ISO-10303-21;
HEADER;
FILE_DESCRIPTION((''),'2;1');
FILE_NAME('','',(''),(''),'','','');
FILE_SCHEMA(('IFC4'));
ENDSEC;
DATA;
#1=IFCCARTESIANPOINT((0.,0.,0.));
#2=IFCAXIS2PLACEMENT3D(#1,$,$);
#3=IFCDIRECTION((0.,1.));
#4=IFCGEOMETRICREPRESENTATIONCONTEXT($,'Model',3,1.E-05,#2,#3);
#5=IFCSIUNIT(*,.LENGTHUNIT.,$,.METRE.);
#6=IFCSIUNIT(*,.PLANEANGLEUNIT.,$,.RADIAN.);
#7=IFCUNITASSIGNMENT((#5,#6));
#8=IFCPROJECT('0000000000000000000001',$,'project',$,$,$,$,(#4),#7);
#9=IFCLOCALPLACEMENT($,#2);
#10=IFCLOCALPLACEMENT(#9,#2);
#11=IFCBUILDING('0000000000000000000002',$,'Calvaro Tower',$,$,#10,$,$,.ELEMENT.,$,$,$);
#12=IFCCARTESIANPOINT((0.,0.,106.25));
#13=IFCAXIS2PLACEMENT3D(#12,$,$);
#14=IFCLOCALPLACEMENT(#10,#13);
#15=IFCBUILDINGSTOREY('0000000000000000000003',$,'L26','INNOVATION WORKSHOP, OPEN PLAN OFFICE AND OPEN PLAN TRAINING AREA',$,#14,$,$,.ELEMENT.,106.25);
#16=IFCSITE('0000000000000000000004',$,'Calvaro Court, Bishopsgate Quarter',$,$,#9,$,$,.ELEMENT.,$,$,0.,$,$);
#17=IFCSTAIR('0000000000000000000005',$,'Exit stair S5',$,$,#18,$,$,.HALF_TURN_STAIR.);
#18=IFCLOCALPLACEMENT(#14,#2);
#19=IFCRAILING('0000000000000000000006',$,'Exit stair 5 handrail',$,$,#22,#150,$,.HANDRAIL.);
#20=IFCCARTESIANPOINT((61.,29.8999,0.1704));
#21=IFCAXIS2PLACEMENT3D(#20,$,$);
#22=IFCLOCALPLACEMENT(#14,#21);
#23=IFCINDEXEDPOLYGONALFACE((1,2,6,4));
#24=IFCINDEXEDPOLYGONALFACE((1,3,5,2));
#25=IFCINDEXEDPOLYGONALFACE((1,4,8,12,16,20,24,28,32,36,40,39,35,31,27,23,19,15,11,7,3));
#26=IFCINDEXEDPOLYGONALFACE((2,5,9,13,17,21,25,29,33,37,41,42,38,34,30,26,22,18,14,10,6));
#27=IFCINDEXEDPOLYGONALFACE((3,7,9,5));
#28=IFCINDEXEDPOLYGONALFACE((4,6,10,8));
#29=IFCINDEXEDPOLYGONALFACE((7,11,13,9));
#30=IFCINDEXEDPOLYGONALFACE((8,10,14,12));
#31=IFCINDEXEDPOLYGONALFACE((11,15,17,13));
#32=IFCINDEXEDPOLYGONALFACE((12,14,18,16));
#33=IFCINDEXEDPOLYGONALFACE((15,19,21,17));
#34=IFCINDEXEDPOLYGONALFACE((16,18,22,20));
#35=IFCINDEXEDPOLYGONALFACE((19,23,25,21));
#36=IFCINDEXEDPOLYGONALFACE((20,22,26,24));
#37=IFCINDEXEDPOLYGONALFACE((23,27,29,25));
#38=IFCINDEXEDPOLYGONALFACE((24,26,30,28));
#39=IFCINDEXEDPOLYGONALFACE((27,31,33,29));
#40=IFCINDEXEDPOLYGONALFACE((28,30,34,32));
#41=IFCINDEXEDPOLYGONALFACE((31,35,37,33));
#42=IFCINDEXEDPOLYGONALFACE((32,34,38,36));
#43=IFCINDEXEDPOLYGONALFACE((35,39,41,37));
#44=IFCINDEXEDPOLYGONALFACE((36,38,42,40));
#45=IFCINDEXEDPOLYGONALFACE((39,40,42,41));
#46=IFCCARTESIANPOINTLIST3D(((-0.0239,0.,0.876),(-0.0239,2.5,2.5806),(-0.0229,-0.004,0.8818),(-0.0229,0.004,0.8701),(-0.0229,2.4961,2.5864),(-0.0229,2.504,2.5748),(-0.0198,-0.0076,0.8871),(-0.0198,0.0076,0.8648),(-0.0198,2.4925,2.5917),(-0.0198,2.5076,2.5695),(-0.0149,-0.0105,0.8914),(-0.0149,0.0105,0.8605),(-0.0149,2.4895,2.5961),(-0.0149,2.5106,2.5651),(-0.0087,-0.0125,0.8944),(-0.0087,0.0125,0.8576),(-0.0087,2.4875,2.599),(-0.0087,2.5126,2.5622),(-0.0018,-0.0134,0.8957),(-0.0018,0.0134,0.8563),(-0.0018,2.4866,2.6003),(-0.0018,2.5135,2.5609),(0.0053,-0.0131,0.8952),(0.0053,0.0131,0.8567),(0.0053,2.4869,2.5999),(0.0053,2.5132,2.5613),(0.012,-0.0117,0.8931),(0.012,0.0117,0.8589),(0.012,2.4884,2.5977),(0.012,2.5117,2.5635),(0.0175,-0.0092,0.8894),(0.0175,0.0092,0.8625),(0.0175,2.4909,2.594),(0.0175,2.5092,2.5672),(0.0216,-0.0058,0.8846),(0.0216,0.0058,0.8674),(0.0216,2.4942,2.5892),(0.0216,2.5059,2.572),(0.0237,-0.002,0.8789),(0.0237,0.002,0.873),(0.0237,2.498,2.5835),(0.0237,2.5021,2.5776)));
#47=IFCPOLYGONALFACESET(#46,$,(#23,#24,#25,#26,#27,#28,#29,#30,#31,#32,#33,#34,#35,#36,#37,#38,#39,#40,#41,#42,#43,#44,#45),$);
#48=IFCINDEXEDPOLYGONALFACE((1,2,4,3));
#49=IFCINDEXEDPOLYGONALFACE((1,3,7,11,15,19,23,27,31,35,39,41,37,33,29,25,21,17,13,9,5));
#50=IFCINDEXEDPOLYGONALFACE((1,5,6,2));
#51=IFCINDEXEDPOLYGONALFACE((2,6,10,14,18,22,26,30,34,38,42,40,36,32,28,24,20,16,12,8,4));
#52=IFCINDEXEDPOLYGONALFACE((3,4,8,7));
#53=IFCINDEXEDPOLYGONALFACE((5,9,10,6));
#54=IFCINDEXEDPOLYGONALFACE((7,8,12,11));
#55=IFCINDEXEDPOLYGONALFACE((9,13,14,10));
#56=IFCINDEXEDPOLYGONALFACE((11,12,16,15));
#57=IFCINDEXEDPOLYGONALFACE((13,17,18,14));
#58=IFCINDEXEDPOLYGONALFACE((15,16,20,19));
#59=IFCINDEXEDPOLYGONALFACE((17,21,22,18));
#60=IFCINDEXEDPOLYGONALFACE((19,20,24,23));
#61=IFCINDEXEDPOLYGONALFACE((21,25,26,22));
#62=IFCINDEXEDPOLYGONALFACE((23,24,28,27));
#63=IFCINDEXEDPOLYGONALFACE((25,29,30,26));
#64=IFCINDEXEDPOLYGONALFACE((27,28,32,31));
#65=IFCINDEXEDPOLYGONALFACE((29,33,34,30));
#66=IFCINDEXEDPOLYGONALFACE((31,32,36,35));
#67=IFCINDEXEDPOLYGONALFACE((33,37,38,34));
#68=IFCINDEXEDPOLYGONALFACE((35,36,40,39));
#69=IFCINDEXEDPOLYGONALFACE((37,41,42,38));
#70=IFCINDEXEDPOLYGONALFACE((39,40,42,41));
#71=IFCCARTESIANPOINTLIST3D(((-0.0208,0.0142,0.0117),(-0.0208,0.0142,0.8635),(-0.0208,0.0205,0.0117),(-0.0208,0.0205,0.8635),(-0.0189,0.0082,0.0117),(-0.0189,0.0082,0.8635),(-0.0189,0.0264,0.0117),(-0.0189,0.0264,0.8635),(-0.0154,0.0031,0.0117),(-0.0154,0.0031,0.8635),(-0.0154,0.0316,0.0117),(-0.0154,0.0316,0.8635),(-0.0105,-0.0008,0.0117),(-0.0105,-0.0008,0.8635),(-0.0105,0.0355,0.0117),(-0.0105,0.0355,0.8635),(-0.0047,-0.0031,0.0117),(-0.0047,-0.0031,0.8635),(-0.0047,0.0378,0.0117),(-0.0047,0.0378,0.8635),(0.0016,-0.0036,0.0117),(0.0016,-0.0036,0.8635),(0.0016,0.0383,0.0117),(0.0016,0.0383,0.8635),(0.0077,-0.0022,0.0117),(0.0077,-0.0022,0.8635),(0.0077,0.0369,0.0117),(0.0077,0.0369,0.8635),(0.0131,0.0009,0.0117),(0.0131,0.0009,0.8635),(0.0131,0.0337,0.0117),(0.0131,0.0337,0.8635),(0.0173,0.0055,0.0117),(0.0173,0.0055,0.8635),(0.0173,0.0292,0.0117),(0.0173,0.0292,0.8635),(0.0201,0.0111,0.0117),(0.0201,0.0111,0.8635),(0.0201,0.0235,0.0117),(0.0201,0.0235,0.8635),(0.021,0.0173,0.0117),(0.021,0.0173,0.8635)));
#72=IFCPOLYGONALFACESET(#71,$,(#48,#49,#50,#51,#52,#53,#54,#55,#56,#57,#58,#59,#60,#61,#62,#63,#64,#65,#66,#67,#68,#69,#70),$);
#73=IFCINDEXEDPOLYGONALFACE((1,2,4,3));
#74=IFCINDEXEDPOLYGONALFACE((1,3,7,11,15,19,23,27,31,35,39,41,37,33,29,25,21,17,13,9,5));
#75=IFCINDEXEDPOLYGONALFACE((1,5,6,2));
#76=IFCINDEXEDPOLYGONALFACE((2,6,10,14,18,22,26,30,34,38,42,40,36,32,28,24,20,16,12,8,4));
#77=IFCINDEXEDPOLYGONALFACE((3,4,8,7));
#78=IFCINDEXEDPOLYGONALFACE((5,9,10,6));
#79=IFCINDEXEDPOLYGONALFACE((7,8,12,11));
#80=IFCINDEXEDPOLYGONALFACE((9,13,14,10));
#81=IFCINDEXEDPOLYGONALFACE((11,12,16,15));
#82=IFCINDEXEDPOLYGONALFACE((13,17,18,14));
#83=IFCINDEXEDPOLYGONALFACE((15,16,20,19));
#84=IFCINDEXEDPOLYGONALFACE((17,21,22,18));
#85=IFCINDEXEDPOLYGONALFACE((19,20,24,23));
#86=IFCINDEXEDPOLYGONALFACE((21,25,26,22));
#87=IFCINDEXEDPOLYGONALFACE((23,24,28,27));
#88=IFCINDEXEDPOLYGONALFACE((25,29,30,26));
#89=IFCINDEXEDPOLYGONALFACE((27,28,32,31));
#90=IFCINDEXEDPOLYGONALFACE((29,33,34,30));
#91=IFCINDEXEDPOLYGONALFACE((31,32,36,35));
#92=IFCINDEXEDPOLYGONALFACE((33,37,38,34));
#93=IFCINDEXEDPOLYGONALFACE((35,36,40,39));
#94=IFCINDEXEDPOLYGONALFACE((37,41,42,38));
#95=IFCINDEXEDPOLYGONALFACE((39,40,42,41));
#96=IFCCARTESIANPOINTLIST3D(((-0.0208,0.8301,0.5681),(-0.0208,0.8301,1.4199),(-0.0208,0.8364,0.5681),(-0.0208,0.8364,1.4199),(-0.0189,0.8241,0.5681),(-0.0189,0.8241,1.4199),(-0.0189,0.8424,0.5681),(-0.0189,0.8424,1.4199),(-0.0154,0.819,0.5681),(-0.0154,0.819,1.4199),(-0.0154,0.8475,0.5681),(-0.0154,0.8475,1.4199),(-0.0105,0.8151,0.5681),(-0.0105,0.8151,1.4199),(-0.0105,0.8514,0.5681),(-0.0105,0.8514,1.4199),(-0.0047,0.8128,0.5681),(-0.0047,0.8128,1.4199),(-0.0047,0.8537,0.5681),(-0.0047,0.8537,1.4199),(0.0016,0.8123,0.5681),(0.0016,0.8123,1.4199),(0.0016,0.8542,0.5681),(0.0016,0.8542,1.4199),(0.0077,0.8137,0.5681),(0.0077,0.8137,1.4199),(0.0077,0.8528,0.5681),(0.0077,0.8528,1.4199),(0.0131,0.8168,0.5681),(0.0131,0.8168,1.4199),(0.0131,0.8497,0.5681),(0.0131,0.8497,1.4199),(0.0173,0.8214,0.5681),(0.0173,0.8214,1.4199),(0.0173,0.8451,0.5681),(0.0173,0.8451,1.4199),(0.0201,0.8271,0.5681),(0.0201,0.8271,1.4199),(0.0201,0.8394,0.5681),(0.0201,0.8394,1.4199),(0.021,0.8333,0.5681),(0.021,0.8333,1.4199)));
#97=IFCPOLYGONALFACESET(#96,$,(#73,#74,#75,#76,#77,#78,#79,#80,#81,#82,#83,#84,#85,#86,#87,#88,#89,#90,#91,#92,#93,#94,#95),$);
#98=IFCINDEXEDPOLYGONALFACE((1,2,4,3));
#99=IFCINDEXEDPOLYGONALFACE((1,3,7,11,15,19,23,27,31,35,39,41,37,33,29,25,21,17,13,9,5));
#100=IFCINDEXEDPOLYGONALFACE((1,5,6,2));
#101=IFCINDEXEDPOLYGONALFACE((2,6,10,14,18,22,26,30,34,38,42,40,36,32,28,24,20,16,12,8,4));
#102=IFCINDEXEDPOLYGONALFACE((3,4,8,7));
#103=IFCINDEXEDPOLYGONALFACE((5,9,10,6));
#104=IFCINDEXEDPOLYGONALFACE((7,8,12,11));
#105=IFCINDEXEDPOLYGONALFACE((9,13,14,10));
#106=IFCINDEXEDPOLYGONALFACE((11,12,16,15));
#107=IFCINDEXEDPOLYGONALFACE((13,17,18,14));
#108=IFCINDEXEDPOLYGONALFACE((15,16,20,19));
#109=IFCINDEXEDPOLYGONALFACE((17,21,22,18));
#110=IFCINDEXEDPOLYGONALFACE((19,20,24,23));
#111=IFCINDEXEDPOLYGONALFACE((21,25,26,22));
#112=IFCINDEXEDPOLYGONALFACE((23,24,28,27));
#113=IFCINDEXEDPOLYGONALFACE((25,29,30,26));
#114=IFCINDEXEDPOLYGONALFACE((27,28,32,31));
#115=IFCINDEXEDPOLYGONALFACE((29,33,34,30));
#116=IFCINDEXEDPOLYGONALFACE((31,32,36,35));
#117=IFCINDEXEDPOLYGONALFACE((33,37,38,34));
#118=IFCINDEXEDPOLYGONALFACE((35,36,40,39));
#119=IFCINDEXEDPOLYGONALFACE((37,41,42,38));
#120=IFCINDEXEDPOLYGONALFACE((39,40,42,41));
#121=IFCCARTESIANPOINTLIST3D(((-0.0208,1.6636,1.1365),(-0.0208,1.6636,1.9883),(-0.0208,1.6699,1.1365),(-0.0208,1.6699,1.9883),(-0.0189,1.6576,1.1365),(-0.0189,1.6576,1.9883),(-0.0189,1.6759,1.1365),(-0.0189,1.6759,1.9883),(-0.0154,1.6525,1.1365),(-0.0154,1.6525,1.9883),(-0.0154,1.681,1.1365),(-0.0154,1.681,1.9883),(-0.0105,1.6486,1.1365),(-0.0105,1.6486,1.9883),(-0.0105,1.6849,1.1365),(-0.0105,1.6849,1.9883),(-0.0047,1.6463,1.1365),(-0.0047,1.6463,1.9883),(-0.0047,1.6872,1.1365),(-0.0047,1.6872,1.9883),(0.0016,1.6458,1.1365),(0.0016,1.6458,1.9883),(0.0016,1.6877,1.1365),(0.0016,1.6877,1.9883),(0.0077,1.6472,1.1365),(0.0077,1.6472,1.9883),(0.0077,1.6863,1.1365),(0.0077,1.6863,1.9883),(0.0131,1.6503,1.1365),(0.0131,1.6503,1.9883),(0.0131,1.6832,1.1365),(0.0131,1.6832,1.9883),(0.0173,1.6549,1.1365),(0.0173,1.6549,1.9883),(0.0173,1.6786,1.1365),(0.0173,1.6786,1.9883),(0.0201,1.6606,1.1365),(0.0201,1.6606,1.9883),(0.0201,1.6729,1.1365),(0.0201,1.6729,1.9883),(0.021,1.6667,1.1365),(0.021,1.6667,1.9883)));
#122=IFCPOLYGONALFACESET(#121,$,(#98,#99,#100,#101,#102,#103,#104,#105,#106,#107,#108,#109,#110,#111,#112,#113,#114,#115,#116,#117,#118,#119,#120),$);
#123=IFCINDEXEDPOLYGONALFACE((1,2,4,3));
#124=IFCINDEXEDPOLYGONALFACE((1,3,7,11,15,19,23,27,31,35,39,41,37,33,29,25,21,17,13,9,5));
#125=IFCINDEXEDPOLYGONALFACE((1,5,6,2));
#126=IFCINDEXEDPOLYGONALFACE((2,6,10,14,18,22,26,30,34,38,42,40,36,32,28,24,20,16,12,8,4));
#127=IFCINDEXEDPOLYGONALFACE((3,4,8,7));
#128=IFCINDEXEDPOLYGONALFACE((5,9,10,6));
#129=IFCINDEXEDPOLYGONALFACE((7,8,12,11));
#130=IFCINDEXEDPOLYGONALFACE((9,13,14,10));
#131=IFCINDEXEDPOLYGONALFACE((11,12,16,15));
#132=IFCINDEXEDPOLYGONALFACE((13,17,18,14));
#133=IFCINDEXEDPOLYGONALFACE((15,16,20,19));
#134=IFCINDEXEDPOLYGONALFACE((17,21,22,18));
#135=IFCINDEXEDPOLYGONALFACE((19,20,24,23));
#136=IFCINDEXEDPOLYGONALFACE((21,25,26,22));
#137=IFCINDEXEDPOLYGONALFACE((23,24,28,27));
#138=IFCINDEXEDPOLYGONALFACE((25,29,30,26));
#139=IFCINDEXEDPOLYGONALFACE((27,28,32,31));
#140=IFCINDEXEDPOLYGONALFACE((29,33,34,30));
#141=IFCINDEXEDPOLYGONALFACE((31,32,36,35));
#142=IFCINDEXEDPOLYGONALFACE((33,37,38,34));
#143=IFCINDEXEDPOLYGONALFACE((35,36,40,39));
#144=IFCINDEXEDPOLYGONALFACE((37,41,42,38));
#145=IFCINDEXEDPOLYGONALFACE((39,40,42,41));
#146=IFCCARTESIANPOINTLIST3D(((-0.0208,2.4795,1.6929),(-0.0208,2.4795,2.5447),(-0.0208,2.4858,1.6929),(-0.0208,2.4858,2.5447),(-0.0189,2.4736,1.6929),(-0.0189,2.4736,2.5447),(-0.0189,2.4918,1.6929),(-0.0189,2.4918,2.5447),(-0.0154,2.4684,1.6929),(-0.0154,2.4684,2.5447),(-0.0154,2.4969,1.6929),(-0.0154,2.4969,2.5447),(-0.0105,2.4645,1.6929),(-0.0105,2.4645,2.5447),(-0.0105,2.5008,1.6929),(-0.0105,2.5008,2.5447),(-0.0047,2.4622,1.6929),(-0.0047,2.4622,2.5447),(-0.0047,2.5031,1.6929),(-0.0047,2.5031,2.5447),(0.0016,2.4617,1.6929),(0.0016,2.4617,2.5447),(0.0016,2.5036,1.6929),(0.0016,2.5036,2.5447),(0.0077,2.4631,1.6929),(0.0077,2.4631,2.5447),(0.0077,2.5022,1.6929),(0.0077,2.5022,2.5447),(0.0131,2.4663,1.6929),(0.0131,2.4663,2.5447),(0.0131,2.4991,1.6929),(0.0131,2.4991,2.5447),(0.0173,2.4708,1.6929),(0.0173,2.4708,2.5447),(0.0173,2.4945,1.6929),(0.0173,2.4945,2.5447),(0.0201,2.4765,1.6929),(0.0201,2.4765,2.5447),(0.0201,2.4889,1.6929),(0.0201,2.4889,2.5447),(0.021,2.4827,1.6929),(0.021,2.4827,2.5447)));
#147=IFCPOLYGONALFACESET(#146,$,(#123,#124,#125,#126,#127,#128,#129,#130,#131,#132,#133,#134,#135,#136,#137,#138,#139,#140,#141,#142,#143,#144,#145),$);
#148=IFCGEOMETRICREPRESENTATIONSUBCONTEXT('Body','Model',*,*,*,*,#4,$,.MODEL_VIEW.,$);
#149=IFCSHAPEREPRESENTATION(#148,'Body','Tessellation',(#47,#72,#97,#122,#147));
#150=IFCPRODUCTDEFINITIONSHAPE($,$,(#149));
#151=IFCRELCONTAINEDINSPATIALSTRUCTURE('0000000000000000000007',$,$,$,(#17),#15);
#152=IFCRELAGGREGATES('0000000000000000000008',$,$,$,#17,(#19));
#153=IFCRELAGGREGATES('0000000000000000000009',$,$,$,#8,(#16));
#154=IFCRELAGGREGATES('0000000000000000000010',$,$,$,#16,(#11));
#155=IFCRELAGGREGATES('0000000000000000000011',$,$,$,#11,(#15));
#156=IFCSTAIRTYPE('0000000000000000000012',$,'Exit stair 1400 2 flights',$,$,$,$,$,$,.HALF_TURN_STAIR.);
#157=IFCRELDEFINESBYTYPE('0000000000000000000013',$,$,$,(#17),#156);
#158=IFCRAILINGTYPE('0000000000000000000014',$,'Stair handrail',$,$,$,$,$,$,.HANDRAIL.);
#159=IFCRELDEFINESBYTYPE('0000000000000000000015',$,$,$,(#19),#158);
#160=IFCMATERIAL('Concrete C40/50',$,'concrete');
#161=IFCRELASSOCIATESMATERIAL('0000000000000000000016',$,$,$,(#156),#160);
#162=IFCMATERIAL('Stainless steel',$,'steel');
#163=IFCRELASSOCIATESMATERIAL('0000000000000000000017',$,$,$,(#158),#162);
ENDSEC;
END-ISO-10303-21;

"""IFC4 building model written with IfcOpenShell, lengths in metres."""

from ifc_helpers import new_model, si_unit, direction, frame, origin, origin_2d, place, context, subcontext, project, spatial, circle, extrude, material, type_object, element, aggregate, save


model = new_model("IFC4")

# Units and contexts
model_context = context("Model", 3, precision=1e-05, world=origin(), true_north=direction((0.0, 1.0)))
body_context = subcontext(model_context, "Body", "Model", "MODEL_VIEW")
ifc_project = project(units=[si_unit("LENGTHUNIT", "METRE"), si_unit("PLANEANGLEUNIT", "RADIAN")], contexts=[model_context])

# Site, building, storey
site_placement = place(None, origin())
site = spatial("IfcSite", under=ifc_project, at=site_placement, Name="Calvaro Court, Bishopsgate Quarter", CompositionType="ELEMENT", RefElevation=0.0)
building_placement = place(site_placement, origin())
building = spatial("IfcBuilding", under=site, at=building_placement, Name="Calvaro Tower", CompositionType="ELEMENT")
storey_placement = place(building_placement, frame((0.0, 0.0, 106.25)))
storey = spatial("IfcBuildingStorey", under=building, at=storey_placement, Name="L26", Description="INNOVATION WORKSHOP, OPEN PLAN OFFICE AND OPEN PLAN TRAINING AREA", CompositionType="ELEMENT", Elevation=106.25)

# Stair
ifc_material_1 = material(Name="Concrete C40/50", Category="concrete")
stair_type = type_object("IfcStairType", Name="Exit stair 1400 2 flights", PredefinedType="HALF_TURN_STAIR", material=ifc_material_1)
stair_1_placement = place(storey_placement, origin())
stair_1 = element("IfcStair", 1, at=stair_1_placement, inside=storey, type_object=stair_type, Name="Exit stair S5", PredefinedType="HALF_TURN_STAIR")

# Shared definitions
ifc_material_2 = material(Name="Stainless steel", Category="steel")
railing_type = type_object("IfcRailingType", Name="Stair handrail", PredefinedType="HANDRAIL", material=ifc_material_2)

# Railing
railing_1_placement = place(storey_placement, frame((61.0, 29.8999, 0.1704)))
railing_1 = element("IfcRailing", 2, at=railing_1_placement, type_object=railing_type, Name="Exit stair 5 handrail", PredefinedType="HANDRAIL", context=body_context, shape_type="SweptSolid", body=[
    extrude(circle(Radius=0.0239, at=origin_2d()), frame((0.0, 0.0, 0.876), z_axis=(0.0, 0.826221, 0.563347), x_axis=(-1.0, 0.0, 0.0)), (0.0, 0.0, 1.0), 3.0259),
    extrude(circle(Radius=0.021, at=origin_2d()), frame((0.0, 0.0173, 0.0117)), (0.0, 0.0, 1.0), 0.8518),
    extrude(circle(Radius=0.021, at=origin_2d()), frame((0.0, 0.8333, 0.5681)), (0.0, 0.0, 1.0), 0.8518),
    extrude(circle(Radius=0.021, at=origin_2d()), frame((0.0, 1.6667, 1.1365)), (0.0, 0.0, 1.0), 0.8518),
    extrude(circle(Radius=0.021, at=origin_2d()), frame((0.0, 2.4827, 1.6929)), (0.0, 0.0, 1.0), 0.8518),
])
aggregate(stair_1, [railing_1])

save(model, "model.ifc")
